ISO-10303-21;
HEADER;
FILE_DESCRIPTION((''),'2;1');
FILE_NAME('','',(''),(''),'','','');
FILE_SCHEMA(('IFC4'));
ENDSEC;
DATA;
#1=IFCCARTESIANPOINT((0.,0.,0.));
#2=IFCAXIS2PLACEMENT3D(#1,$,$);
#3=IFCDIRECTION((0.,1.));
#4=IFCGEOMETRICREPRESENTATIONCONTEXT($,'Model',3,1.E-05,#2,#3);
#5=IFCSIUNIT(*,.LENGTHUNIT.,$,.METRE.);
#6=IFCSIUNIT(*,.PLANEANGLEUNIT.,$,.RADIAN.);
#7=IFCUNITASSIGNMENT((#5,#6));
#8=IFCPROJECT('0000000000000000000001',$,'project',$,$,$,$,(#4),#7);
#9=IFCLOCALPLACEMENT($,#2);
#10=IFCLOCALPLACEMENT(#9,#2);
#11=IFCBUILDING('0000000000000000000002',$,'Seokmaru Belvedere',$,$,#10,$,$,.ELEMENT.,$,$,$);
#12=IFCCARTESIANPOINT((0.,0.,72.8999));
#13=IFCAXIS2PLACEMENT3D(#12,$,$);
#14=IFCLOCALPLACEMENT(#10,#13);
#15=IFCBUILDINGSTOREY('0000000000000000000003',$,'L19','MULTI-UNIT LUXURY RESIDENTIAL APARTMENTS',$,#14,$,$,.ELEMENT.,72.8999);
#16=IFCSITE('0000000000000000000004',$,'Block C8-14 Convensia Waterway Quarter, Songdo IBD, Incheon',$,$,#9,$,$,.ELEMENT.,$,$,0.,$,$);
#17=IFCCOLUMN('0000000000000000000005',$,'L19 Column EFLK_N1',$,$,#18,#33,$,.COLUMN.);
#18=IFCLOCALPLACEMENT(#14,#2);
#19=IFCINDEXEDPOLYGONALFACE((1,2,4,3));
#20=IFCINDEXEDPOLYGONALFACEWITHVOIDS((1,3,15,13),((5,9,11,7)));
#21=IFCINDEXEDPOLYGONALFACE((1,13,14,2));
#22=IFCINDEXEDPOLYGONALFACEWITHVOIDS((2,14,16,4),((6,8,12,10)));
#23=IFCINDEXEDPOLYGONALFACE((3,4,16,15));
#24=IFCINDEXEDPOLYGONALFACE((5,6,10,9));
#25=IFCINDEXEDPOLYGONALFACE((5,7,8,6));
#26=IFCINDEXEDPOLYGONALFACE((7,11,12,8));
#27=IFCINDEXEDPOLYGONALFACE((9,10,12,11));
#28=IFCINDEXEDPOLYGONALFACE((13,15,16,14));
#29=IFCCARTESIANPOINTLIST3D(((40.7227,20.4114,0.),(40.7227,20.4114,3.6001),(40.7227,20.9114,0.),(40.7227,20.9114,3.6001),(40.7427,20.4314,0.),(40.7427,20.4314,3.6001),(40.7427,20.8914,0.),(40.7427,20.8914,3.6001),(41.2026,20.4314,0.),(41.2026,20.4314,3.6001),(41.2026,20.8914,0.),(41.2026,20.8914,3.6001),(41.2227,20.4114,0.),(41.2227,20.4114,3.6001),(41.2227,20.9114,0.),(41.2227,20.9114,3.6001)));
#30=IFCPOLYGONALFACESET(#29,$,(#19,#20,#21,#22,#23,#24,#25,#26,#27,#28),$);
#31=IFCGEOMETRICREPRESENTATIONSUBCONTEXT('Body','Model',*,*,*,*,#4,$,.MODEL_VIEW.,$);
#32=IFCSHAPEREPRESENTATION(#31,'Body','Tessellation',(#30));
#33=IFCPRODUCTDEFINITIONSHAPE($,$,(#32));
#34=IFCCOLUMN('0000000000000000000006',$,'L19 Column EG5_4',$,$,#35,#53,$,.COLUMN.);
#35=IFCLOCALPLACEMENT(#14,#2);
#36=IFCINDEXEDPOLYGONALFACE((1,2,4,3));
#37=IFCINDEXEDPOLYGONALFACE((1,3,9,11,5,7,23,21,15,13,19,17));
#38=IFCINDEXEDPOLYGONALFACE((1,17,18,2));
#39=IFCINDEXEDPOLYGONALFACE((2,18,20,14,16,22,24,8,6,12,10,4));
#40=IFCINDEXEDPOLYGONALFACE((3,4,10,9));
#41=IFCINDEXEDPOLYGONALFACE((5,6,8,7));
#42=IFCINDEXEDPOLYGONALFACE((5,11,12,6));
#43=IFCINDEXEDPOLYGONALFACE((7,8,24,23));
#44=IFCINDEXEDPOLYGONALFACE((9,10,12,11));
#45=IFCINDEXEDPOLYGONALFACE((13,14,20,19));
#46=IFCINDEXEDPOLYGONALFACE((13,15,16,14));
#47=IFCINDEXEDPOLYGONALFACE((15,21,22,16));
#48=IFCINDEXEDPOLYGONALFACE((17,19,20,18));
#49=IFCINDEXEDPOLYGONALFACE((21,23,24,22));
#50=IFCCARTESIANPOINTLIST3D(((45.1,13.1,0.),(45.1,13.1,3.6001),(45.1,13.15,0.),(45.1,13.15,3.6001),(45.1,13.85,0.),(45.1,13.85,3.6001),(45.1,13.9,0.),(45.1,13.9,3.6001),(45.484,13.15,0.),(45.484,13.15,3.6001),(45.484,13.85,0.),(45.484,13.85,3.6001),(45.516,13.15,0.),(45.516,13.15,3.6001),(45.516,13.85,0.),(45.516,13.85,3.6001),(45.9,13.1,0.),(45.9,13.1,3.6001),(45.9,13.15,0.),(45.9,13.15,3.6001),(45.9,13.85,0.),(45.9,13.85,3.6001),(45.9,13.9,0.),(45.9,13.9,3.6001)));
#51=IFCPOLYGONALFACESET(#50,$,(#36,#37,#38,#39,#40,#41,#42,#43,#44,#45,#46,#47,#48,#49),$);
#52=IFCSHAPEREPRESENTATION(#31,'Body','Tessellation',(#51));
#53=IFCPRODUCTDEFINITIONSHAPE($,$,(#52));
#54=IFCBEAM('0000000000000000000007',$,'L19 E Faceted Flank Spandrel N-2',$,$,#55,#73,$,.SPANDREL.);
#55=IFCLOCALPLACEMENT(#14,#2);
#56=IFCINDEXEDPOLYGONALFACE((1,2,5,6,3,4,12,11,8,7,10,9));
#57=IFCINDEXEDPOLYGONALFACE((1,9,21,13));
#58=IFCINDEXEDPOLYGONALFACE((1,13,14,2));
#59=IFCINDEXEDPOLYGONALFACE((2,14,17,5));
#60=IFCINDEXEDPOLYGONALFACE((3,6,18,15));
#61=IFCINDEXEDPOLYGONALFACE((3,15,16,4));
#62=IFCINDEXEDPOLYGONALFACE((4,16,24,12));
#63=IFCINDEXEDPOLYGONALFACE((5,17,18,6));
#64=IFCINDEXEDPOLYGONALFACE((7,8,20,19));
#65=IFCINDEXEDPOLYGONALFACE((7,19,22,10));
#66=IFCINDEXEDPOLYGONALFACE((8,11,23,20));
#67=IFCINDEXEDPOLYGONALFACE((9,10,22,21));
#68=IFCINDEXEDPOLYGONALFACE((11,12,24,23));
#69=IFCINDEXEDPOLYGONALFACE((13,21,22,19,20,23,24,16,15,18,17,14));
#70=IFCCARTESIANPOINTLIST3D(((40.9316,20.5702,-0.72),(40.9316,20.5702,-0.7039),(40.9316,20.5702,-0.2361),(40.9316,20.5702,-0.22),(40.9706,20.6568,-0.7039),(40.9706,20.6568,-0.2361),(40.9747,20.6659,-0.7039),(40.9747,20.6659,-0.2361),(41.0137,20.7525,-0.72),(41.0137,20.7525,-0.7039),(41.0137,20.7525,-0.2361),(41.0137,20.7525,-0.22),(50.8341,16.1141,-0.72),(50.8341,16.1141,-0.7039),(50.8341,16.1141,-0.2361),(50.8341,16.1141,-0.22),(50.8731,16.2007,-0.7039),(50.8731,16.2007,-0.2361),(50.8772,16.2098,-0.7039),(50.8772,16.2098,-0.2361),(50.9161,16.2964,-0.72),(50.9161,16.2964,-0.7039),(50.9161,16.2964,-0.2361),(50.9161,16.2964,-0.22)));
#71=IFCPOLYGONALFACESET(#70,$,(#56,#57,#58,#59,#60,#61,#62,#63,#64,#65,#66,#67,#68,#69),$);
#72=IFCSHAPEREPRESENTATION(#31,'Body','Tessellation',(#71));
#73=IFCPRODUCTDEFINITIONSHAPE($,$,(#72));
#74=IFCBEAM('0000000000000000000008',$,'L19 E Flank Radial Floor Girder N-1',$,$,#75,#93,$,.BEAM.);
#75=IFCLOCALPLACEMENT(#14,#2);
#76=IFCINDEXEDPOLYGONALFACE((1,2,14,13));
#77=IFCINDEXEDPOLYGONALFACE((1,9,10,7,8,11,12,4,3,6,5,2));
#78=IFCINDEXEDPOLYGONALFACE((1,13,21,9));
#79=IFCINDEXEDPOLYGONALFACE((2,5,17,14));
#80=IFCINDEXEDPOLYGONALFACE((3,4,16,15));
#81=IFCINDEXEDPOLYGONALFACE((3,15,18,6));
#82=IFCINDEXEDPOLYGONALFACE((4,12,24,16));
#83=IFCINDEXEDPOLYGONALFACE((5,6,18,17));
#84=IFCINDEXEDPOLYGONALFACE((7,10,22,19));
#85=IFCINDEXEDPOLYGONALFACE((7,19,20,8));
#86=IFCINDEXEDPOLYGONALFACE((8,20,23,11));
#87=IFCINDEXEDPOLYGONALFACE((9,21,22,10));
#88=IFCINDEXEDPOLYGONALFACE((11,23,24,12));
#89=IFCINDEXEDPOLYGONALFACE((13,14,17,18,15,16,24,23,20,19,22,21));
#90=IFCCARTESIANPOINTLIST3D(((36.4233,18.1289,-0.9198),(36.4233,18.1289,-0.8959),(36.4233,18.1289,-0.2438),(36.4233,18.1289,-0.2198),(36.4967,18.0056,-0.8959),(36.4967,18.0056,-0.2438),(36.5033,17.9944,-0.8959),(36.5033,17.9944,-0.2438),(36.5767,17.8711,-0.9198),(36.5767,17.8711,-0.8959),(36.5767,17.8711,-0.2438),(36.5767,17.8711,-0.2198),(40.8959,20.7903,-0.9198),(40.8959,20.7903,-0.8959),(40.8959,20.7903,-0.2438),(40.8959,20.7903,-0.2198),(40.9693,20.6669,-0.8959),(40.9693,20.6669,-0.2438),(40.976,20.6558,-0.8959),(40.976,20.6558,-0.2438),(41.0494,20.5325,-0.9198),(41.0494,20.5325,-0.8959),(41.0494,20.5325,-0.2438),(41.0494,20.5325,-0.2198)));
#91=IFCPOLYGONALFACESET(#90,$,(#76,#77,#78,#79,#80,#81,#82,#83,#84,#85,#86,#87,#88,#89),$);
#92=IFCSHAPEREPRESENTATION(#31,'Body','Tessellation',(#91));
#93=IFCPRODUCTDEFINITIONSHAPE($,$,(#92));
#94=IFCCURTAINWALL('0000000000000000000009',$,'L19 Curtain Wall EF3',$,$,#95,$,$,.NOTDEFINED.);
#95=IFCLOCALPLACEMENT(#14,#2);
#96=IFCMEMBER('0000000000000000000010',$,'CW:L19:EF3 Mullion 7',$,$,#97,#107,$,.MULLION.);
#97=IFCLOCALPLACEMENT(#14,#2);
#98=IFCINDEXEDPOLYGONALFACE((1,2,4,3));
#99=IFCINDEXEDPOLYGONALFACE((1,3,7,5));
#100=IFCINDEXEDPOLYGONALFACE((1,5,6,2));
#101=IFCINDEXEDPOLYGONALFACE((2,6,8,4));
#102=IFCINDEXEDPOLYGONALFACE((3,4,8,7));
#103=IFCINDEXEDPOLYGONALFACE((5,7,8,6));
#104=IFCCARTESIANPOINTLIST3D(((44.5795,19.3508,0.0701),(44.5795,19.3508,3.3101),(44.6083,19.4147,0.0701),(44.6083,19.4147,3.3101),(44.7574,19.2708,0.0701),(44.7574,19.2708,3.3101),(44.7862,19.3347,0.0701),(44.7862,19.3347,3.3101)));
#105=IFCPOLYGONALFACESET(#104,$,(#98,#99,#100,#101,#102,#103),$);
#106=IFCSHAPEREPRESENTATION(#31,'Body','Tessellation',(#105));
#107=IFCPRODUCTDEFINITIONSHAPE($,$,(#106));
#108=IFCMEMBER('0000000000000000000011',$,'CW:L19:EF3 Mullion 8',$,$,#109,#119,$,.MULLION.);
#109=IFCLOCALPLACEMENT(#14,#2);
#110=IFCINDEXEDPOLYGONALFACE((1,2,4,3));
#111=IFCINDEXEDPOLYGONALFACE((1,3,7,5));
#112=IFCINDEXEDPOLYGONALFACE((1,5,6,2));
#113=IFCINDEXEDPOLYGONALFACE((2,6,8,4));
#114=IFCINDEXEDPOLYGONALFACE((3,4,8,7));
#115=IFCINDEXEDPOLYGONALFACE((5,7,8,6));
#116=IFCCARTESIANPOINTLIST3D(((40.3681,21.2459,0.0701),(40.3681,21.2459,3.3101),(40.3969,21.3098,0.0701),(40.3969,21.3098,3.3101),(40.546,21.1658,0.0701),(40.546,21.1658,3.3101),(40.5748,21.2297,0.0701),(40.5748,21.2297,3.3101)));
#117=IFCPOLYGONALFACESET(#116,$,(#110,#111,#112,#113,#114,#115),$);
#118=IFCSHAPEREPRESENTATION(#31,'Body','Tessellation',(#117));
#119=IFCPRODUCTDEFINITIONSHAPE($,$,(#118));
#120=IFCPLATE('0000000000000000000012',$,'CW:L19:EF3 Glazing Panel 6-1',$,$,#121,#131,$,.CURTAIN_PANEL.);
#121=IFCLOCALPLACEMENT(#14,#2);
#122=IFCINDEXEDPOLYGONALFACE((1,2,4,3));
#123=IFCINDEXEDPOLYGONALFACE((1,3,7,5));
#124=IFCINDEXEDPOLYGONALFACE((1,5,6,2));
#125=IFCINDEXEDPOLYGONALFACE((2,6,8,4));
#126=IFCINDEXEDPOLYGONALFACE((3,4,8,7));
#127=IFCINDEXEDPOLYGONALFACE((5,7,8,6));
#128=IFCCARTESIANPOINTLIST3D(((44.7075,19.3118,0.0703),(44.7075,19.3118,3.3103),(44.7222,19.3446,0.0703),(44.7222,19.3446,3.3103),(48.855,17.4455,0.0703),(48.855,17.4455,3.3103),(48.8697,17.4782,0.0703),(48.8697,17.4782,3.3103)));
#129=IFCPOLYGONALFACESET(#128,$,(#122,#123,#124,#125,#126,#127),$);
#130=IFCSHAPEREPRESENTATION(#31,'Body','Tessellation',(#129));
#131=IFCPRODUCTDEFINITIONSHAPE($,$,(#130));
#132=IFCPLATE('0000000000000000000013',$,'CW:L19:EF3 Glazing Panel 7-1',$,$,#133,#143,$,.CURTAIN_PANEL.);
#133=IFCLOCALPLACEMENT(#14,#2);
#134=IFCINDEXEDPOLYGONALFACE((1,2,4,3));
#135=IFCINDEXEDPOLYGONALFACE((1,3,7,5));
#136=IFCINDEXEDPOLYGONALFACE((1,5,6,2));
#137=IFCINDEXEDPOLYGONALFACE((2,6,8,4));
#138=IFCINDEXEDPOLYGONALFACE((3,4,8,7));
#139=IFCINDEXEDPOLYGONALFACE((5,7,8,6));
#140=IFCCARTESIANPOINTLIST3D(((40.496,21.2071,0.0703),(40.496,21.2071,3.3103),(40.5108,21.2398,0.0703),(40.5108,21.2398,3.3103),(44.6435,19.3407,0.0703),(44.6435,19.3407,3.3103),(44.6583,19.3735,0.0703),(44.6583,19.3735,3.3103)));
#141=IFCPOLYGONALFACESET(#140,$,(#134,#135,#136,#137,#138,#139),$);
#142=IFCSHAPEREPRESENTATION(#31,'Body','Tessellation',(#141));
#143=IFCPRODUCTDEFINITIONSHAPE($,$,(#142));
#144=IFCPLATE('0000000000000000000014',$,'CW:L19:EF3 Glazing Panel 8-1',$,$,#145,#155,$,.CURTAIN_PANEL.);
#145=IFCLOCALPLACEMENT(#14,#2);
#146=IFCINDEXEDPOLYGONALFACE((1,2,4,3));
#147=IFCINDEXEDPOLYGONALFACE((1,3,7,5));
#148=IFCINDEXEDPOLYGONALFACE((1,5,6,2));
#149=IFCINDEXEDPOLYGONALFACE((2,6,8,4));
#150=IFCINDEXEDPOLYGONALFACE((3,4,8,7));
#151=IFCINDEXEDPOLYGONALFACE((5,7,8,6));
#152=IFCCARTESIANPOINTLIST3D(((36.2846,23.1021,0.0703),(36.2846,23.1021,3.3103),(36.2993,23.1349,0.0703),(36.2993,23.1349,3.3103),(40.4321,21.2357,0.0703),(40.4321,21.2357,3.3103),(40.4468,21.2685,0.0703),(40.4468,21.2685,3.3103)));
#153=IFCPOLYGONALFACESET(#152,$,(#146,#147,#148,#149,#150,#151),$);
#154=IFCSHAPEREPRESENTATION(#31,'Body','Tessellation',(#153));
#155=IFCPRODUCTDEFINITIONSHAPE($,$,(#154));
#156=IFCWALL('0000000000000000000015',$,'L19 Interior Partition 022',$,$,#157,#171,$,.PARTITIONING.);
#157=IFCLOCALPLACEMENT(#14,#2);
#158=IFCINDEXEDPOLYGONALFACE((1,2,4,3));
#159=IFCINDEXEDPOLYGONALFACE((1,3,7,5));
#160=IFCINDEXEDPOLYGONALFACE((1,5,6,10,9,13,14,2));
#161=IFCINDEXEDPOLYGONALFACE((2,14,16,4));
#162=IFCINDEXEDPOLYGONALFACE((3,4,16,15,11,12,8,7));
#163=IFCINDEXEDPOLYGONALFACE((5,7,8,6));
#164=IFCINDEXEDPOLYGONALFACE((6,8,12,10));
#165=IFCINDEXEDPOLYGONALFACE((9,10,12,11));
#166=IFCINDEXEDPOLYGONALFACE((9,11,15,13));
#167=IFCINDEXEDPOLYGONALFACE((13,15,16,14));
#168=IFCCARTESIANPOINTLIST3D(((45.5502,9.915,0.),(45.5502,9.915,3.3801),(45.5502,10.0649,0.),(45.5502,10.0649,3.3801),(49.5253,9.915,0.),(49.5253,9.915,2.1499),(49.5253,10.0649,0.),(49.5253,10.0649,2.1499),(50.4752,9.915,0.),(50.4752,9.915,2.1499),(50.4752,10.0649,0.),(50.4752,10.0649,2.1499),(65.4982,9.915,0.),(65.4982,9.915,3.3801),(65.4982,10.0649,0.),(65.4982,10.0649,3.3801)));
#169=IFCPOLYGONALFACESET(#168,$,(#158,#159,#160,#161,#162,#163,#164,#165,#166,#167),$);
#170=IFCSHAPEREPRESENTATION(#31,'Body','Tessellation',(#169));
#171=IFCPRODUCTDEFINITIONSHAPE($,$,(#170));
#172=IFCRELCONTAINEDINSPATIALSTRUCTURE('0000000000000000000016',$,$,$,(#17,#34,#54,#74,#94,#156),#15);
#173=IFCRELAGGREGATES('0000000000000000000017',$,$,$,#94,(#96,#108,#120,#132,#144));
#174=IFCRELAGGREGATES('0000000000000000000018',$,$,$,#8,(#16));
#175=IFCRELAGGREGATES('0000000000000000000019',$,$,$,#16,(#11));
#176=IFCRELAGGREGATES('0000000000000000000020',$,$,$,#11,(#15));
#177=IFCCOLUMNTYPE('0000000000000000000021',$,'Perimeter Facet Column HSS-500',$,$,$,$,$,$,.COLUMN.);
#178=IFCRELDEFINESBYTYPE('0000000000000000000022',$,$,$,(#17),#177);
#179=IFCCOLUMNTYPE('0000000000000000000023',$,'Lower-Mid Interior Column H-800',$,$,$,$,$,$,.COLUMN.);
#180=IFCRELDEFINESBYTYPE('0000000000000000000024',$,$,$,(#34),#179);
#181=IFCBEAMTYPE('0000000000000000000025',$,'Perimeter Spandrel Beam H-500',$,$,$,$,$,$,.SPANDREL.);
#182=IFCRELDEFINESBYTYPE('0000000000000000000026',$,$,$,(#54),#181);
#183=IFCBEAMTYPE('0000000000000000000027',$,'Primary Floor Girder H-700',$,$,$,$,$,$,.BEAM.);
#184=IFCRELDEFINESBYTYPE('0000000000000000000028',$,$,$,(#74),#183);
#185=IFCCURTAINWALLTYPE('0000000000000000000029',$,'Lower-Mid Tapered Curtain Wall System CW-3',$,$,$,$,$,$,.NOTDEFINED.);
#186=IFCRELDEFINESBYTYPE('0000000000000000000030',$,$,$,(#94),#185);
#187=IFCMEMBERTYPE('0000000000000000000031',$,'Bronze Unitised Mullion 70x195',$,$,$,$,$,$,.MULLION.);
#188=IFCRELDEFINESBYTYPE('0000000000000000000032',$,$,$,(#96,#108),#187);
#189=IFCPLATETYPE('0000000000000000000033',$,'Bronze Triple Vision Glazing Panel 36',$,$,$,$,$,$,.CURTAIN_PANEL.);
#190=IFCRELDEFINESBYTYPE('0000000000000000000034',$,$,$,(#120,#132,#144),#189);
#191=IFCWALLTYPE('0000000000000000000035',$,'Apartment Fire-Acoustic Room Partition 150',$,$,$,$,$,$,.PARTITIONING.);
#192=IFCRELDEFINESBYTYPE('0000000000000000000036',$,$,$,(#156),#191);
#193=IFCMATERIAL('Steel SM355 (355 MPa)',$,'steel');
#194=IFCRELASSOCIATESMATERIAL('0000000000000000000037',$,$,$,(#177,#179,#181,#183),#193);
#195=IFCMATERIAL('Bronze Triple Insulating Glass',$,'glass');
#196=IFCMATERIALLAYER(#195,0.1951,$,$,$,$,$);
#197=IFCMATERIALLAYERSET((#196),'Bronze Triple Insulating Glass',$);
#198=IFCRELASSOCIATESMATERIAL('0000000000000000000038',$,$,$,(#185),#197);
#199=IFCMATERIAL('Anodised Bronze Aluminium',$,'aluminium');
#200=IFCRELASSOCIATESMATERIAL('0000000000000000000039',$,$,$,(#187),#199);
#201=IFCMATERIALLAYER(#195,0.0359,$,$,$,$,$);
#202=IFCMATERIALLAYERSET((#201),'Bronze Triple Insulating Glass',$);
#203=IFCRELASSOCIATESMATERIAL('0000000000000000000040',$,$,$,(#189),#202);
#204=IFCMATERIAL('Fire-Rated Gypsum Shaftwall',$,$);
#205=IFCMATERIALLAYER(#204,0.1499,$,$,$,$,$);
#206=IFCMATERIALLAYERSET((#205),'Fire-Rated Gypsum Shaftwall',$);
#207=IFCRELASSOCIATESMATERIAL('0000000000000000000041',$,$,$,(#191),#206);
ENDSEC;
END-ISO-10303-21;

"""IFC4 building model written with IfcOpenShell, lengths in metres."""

from ifc_helpers import new_model, si_unit, direction, frame, frame_2d, origin, origin_2d, place, context, subcontext, project, spatial, rectangle, hollow_rectangle, i_section, extrude, source, transform, mapped, material, layer, layer_set, material_profile, profile_set, type_object, type_shapes, element, aggregate, save


model = new_model("IFC4")

# Units and contexts
model_context = context("Model", 3, precision=1e-05, world=origin(), true_north=direction((0.0, 1.0)))
body_context = subcontext(model_context, "Body", "Model", "MODEL_VIEW")
ifc_project = project(units=[si_unit("LENGTHUNIT", "METRE"), si_unit("PLANEANGLEUNIT", "RADIAN")], contexts=[model_context])

# Site, building, storey
site_placement = place(None, origin())
site = spatial("IfcSite", under=ifc_project, at=site_placement, Name="Block C8-14 Convensia Waterway Quarter, Songdo IBD, Incheon", CompositionType="ELEMENT", RefElevation=0.0)
building_placement = place(site_placement, origin())
building = spatial("IfcBuilding", under=site, at=building_placement, Name="Seokmaru Belvedere", CompositionType="ELEMENT")
storey_placement = place(building_placement, frame((0.0, 0.0, 72.8999)))
storey = spatial("IfcBuildingStorey", under=building, at=storey_placement, Name="L19", Description="MULTI-UNIT LUXURY RESIDENTIAL APARTMENTS", CompositionType="ELEMENT", Elevation=72.8999)

# Columns
ifc_material_1 = material(Name="Steel SM355 (355 MPa)", Category="steel")
ifc_material_profile_1 = material_profile(ifc_material_1, hollow_rectangle(XDim=0.5, YDim=0.5, WallThickness=0.02, at=origin_2d()), Name="HSS-500x500x20")
ifc_profile_set_1 = profile_set([ifc_material_profile_1], Name="Steel SM355 (355 MPa)")
column_type_1 = type_object("IfcColumnType", Name="Perimeter Facet Column HSS-500", PredefinedType="COLUMN", material=ifc_profile_set_1)
shared_shape_1 = source(origin(), body_context, "Body", "SweptSolid", [
    extrude(hollow_rectangle(XDim=0.5, YDim=0.5, WallThickness=0.02, at=origin_2d()), origin(), (0.0, 0.0, 1.0), 3.6001),
])
type_shapes(column_type_1, [shared_shape_1])
column_1_placement = place(storey_placement, frame((40.9727, 20.6614, 0.0), z_axis=(0.0, 0.0, 1.0), x_axis=(1.0, 0.0, 0.0)))
element("IfcColumn", 1, at=column_1_placement, inside=storey, type_object=column_type_1, Name="L19 Column EFLK_N1", PredefinedType="COLUMN", context=body_context, shape_type="MappedRepresentation", body=[
    mapped(shared_shape_1, transform((0.0, 0.0, 0.0), scale=1.0)),
])
ifc_material_profile_2 = material_profile(ifc_material_1, i_section(OverallWidth=0.8, OverallDepth=0.8, WebThickness=0.032, FlangeThickness=0.05, at=origin_2d()), Name="H-800x800x32x50")
ifc_profile_set_2 = profile_set([ifc_material_profile_2], Name="Steel SM355 (355 MPa)")
column_type_2 = type_object("IfcColumnType", Name="Lower-Mid Interior Column H-800", PredefinedType="COLUMN", material=ifc_profile_set_2)
shared_shape_2 = source(origin(), body_context, "Body", "SweptSolid", [
    extrude(i_section(OverallWidth=0.8, OverallDepth=0.8, WebThickness=0.032, FlangeThickness=0.05, at=origin_2d()), origin(), (0.0, 0.0, 1.0), 3.6001),
])
type_shapes(column_type_2, [shared_shape_2])
column_2_placement = place(storey_placement, frame((45.5, 13.5, 0.0), z_axis=(0.0, 0.0, 1.0), x_axis=(1.0, 0.0, 0.0)))
element("IfcColumn", 2, at=column_2_placement, inside=storey, type_object=column_type_2, Name="L19 Column EG5_4", PredefinedType="COLUMN", context=body_context, shape_type="MappedRepresentation", body=[
    mapped(shared_shape_2, transform((0.0, 0.0, 0.0), scale=1.0)),
])

# Beams
ifc_material_profile_3 = material_profile(ifc_material_1, i_section(OverallWidth=0.2, OverallDepth=0.5, WebThickness=0.01, FlangeThickness=0.0161, at=origin_2d()), Name="H-500x200x10x16")
ifc_profile_set_3 = profile_set([ifc_material_profile_3], Name="Steel SM355 (355 MPa)")
beam_type_1 = type_object("IfcBeamType", Name="Perimeter Spandrel Beam H-500", PredefinedType="SPANDREL", material=ifc_profile_set_3)
shared_shape_3 = source(origin(), body_context, "Body", "SweptSolid", [
    extrude(i_section(OverallWidth=0.2, OverallDepth=0.5, WebThickness=0.01, FlangeThickness=0.0161, at=origin_2d()), origin(), (0.0, 0.0, 1.0), 10.8589),
])
type_shapes(beam_type_1, [shared_shape_3])
beam_1_placement = place(storey_placement, frame((40.9727, 20.6614, -0.47), z_axis=(0.911922, -0.410365, 0.0), x_axis=(0.410365, 0.911922, 0.0)))
element("IfcBeam", 3, at=beam_1_placement, inside=storey, type_object=beam_type_1, Name="L19 E Faceted Flank Spandrel N-2", PredefinedType="SPANDREL", context=body_context, shape_type="MappedRepresentation", body=[
    mapped(shared_shape_3, transform((0.0, 0.0, 0.0), scale=1.0)),
])
ifc_material_profile_4 = material_profile(ifc_material_1, i_section(OverallWidth=0.3, OverallDepth=0.7, WebThickness=0.0129, FlangeThickness=0.0239, at=origin_2d()), Name="H-700x300x13x24")
ifc_profile_set_4 = profile_set([ifc_material_profile_4], Name="Steel SM355 (355 MPa)")
beam_type_2 = type_object("IfcBeamType", Name="Primary Floor Girder H-700", PredefinedType="BEAM", material=ifc_profile_set_4)
shared_shape_4 = source(origin(), body_context, "Body", "SweptSolid", [
    extrude(i_section(OverallWidth=0.3, OverallDepth=0.7, WebThickness=0.0129, FlangeThickness=0.0239, at=origin_2d()), origin(), (0.0, 0.0, 1.0), 5.2046),
])
type_shapes(beam_type_2, [shared_shape_4])
beam_2_placement = place(storey_placement, frame((40.9727, 20.6614, -0.5698), z_axis=(-0.85937, -0.511354, 0.0), x_axis=(0.511354, -0.85937, 0.0)))
element("IfcBeam", 4, at=beam_2_placement, inside=storey, type_object=beam_type_2, Name="L19 E Flank Radial Floor Girder N-1", PredefinedType="BEAM", context=body_context, shape_type="MappedRepresentation", body=[
    mapped(shared_shape_4, transform((0.0, 0.0, 0.0), scale=1.0)),
])

# Curtain wall, members, plates
ifc_material_2 = material(Name="Bronze Triple Insulating Glass", Category="glass")
ifc_layer_1 = layer(ifc_material_2, 0.1951)
ifc_layer_set_1 = layer_set([ifc_layer_1], Name="Bronze Triple Insulating Glass")
curtain_wall_type = type_object("IfcCurtainWallType", Name="Lower-Mid Tapered Curtain Wall System CW-3", PredefinedType="NOTDEFINED", material=ifc_layer_set_1)
curtain_wall_placement = place(storey_placement, origin())
curtain_wall = element("IfcCurtainWall", 5, at=curtain_wall_placement, inside=storey, type_object=curtain_wall_type, Name="L19 Curtain Wall EF3", PredefinedType="NOTDEFINED")
ifc_material_3 = material(Name="Anodised Bronze Aluminium", Category="aluminium")
ifc_material_profile_5 = material_profile(ifc_material_3, rectangle(XDim=0.0701, YDim=0.1951, at=origin_2d()), Name="CW-M-70x195")
ifc_profile_set_5 = profile_set([ifc_material_profile_5], Name="Anodised Bronze Aluminium")
member_type = type_object("IfcMemberType", Name="Bronze Unitised Mullion 70x195", PredefinedType="MULLION", material=ifc_profile_set_5)
shared_shape_5 = source(origin(), body_context, "Body", "SweptSolid", [
    extrude(rectangle(XDim=0.0701, YDim=0.1951, at=origin_2d()), origin(), (0.0, 0.0, 1.0), 3.24),
])
type_shapes(member_type, [shared_shape_5])
member_1_placement = place(storey_placement, frame((44.6829, 19.3428, 0.0701), z_axis=(0.0, 0.0, 1.0), x_axis=(-0.410366, -0.911921, 0.0)))
member_1 = element("IfcMember", 6, at=member_1_placement, type_object=member_type, Name="CW:L19:EF3 Mullion 7", PredefinedType="MULLION", context=body_context, shape_type="MappedRepresentation", body=[
    mapped(shared_shape_5, transform((0.0, 0.0, 0.0), scale=1.0)),
])
member_2_placement = place(storey_placement, frame((40.4714, 21.2378, 0.0701), z_axis=(0.0, 0.0, 1.0), x_axis=(-0.410366, -0.911921, 0.0)))
member_2 = element("IfcMember", 7, at=member_2_placement, type_object=member_type, Name="CW:L19:EF3 Mullion 8", PredefinedType="MULLION", context=body_context, shape_type="MappedRepresentation", body=[
    mapped(shared_shape_5, transform((0.0, 0.0, 0.0), scale=1.0)),
])
ifc_layer_2 = layer(ifc_material_2, 0.0359)
ifc_layer_set_2 = layer_set([ifc_layer_2], Name="Bronze Triple Insulating Glass")
plate_type = type_object("IfcPlateType", Name="Bronze Triple Vision Glazing Panel 36", PredefinedType="CURTAIN_PANEL", material=ifc_layer_set_2)
shared_shape_6 = source(origin(), body_context, "Body", "SweptSolid", [
    extrude(rectangle(XDim=4.5481, YDim=0.0359, at=origin_2d()), origin(), (0.0, 0.0, 1.0), 3.24),
])
type_shapes(plate_type, [shared_shape_6])
plate_1_placement = place(storey_placement, frame((46.7886, 18.395, 0.0703), z_axis=(0.0, 0.0, 1.0), x_axis=(-0.911921, 0.410366, 0.0)))
plate_1 = element("IfcPlate", 8, at=plate_1_placement, type_object=plate_type, Name="CW:L19:EF3 Glazing Panel 6-1", PredefinedType="CURTAIN_PANEL", context=body_context, shape_type="MappedRepresentation", body=[
    mapped(shared_shape_6, transform((0.0, 0.0, 0.0), scale=1.0)),
])
plate_2_placement = place(storey_placement, frame((42.5771, 20.2903, 0.0703), z_axis=(0.0, 0.0, 1.0), x_axis=(-0.911921, 0.410366, 0.0)))
plate_2 = element("IfcPlate", 9, at=plate_2_placement, type_object=plate_type, Name="CW:L19:EF3 Glazing Panel 7-1", PredefinedType="CURTAIN_PANEL", context=body_context, shape_type="MappedRepresentation", body=[
    mapped(shared_shape_6, transform((0.0, 0.0, 0.0), scale=1.0)),
])
plate_3_placement = place(storey_placement, frame((38.3657, 22.1853, 0.0703), z_axis=(0.0, 0.0, 1.0), x_axis=(-0.911921, 0.410366, 0.0)))
plate_3 = element("IfcPlate", 10, at=plate_3_placement, type_object=plate_type, Name="CW:L19:EF3 Glazing Panel 8-1", PredefinedType="CURTAIN_PANEL", context=body_context, shape_type="MappedRepresentation", body=[
    mapped(shared_shape_6, transform((0.0, 0.0, 0.0), scale=1.0)),
])
aggregate(curtain_wall, [member_1, member_2, plate_1, plate_2, plate_3])

# Wall, opening
ifc_material_4 = material(Name="Fire-Rated Gypsum Shaftwall")
ifc_layer_3 = layer(ifc_material_4, 0.1499)
ifc_layer_set_3 = layer_set([ifc_layer_3], Name="Fire-Rated Gypsum Shaftwall")
wall_type_1 = type_object("IfcWallType", Name="Apartment Fire-Acoustic Room Partition 150", PredefinedType="PARTITIONING", material=ifc_layer_set_3)
wall_1_placement = place(storey_placement, frame((45.55, 9.99, 0.0), z_axis=(0.0, 0.0, 1.0), x_axis=(1.0, 0.0, 0.0)))
wall_1 = element("IfcWall", 11, at=wall_1_placement, inside=storey, type_object=wall_type_1, Name="L19 Interior Partition 022", PredefinedType="PARTITIONING", context=body_context, shape_type="SweptSolid", body=[
    extrude(rectangle(XDim=19.948, YDim=0.1499, at=frame_2d((9.9741, 0.0))), origin(), (0.0, 0.0, 1.0), 3.3801),
])
opening_1_placement = place(wall_1_placement, frame((3.9751, 0.0, 0.0)))
element("IfcOpeningElement", 12, at=opening_1_placement, cuts=wall_1, PredefinedType="OPENING", context=body_context, shape_type="SweptSolid", body=[
    extrude(rectangle(XDim=0.95, YDim=2.1499, at=frame_2d((0.4751, 1.075))), frame((0.0, 0.085, 0.0), z_axis=(0.0, -1.0, 0.0), x_axis=(1.0, 0.0, 0.0)), (0.0, 0.0, 1.0), 0.1699),
])

save(model, "model.ifc")
